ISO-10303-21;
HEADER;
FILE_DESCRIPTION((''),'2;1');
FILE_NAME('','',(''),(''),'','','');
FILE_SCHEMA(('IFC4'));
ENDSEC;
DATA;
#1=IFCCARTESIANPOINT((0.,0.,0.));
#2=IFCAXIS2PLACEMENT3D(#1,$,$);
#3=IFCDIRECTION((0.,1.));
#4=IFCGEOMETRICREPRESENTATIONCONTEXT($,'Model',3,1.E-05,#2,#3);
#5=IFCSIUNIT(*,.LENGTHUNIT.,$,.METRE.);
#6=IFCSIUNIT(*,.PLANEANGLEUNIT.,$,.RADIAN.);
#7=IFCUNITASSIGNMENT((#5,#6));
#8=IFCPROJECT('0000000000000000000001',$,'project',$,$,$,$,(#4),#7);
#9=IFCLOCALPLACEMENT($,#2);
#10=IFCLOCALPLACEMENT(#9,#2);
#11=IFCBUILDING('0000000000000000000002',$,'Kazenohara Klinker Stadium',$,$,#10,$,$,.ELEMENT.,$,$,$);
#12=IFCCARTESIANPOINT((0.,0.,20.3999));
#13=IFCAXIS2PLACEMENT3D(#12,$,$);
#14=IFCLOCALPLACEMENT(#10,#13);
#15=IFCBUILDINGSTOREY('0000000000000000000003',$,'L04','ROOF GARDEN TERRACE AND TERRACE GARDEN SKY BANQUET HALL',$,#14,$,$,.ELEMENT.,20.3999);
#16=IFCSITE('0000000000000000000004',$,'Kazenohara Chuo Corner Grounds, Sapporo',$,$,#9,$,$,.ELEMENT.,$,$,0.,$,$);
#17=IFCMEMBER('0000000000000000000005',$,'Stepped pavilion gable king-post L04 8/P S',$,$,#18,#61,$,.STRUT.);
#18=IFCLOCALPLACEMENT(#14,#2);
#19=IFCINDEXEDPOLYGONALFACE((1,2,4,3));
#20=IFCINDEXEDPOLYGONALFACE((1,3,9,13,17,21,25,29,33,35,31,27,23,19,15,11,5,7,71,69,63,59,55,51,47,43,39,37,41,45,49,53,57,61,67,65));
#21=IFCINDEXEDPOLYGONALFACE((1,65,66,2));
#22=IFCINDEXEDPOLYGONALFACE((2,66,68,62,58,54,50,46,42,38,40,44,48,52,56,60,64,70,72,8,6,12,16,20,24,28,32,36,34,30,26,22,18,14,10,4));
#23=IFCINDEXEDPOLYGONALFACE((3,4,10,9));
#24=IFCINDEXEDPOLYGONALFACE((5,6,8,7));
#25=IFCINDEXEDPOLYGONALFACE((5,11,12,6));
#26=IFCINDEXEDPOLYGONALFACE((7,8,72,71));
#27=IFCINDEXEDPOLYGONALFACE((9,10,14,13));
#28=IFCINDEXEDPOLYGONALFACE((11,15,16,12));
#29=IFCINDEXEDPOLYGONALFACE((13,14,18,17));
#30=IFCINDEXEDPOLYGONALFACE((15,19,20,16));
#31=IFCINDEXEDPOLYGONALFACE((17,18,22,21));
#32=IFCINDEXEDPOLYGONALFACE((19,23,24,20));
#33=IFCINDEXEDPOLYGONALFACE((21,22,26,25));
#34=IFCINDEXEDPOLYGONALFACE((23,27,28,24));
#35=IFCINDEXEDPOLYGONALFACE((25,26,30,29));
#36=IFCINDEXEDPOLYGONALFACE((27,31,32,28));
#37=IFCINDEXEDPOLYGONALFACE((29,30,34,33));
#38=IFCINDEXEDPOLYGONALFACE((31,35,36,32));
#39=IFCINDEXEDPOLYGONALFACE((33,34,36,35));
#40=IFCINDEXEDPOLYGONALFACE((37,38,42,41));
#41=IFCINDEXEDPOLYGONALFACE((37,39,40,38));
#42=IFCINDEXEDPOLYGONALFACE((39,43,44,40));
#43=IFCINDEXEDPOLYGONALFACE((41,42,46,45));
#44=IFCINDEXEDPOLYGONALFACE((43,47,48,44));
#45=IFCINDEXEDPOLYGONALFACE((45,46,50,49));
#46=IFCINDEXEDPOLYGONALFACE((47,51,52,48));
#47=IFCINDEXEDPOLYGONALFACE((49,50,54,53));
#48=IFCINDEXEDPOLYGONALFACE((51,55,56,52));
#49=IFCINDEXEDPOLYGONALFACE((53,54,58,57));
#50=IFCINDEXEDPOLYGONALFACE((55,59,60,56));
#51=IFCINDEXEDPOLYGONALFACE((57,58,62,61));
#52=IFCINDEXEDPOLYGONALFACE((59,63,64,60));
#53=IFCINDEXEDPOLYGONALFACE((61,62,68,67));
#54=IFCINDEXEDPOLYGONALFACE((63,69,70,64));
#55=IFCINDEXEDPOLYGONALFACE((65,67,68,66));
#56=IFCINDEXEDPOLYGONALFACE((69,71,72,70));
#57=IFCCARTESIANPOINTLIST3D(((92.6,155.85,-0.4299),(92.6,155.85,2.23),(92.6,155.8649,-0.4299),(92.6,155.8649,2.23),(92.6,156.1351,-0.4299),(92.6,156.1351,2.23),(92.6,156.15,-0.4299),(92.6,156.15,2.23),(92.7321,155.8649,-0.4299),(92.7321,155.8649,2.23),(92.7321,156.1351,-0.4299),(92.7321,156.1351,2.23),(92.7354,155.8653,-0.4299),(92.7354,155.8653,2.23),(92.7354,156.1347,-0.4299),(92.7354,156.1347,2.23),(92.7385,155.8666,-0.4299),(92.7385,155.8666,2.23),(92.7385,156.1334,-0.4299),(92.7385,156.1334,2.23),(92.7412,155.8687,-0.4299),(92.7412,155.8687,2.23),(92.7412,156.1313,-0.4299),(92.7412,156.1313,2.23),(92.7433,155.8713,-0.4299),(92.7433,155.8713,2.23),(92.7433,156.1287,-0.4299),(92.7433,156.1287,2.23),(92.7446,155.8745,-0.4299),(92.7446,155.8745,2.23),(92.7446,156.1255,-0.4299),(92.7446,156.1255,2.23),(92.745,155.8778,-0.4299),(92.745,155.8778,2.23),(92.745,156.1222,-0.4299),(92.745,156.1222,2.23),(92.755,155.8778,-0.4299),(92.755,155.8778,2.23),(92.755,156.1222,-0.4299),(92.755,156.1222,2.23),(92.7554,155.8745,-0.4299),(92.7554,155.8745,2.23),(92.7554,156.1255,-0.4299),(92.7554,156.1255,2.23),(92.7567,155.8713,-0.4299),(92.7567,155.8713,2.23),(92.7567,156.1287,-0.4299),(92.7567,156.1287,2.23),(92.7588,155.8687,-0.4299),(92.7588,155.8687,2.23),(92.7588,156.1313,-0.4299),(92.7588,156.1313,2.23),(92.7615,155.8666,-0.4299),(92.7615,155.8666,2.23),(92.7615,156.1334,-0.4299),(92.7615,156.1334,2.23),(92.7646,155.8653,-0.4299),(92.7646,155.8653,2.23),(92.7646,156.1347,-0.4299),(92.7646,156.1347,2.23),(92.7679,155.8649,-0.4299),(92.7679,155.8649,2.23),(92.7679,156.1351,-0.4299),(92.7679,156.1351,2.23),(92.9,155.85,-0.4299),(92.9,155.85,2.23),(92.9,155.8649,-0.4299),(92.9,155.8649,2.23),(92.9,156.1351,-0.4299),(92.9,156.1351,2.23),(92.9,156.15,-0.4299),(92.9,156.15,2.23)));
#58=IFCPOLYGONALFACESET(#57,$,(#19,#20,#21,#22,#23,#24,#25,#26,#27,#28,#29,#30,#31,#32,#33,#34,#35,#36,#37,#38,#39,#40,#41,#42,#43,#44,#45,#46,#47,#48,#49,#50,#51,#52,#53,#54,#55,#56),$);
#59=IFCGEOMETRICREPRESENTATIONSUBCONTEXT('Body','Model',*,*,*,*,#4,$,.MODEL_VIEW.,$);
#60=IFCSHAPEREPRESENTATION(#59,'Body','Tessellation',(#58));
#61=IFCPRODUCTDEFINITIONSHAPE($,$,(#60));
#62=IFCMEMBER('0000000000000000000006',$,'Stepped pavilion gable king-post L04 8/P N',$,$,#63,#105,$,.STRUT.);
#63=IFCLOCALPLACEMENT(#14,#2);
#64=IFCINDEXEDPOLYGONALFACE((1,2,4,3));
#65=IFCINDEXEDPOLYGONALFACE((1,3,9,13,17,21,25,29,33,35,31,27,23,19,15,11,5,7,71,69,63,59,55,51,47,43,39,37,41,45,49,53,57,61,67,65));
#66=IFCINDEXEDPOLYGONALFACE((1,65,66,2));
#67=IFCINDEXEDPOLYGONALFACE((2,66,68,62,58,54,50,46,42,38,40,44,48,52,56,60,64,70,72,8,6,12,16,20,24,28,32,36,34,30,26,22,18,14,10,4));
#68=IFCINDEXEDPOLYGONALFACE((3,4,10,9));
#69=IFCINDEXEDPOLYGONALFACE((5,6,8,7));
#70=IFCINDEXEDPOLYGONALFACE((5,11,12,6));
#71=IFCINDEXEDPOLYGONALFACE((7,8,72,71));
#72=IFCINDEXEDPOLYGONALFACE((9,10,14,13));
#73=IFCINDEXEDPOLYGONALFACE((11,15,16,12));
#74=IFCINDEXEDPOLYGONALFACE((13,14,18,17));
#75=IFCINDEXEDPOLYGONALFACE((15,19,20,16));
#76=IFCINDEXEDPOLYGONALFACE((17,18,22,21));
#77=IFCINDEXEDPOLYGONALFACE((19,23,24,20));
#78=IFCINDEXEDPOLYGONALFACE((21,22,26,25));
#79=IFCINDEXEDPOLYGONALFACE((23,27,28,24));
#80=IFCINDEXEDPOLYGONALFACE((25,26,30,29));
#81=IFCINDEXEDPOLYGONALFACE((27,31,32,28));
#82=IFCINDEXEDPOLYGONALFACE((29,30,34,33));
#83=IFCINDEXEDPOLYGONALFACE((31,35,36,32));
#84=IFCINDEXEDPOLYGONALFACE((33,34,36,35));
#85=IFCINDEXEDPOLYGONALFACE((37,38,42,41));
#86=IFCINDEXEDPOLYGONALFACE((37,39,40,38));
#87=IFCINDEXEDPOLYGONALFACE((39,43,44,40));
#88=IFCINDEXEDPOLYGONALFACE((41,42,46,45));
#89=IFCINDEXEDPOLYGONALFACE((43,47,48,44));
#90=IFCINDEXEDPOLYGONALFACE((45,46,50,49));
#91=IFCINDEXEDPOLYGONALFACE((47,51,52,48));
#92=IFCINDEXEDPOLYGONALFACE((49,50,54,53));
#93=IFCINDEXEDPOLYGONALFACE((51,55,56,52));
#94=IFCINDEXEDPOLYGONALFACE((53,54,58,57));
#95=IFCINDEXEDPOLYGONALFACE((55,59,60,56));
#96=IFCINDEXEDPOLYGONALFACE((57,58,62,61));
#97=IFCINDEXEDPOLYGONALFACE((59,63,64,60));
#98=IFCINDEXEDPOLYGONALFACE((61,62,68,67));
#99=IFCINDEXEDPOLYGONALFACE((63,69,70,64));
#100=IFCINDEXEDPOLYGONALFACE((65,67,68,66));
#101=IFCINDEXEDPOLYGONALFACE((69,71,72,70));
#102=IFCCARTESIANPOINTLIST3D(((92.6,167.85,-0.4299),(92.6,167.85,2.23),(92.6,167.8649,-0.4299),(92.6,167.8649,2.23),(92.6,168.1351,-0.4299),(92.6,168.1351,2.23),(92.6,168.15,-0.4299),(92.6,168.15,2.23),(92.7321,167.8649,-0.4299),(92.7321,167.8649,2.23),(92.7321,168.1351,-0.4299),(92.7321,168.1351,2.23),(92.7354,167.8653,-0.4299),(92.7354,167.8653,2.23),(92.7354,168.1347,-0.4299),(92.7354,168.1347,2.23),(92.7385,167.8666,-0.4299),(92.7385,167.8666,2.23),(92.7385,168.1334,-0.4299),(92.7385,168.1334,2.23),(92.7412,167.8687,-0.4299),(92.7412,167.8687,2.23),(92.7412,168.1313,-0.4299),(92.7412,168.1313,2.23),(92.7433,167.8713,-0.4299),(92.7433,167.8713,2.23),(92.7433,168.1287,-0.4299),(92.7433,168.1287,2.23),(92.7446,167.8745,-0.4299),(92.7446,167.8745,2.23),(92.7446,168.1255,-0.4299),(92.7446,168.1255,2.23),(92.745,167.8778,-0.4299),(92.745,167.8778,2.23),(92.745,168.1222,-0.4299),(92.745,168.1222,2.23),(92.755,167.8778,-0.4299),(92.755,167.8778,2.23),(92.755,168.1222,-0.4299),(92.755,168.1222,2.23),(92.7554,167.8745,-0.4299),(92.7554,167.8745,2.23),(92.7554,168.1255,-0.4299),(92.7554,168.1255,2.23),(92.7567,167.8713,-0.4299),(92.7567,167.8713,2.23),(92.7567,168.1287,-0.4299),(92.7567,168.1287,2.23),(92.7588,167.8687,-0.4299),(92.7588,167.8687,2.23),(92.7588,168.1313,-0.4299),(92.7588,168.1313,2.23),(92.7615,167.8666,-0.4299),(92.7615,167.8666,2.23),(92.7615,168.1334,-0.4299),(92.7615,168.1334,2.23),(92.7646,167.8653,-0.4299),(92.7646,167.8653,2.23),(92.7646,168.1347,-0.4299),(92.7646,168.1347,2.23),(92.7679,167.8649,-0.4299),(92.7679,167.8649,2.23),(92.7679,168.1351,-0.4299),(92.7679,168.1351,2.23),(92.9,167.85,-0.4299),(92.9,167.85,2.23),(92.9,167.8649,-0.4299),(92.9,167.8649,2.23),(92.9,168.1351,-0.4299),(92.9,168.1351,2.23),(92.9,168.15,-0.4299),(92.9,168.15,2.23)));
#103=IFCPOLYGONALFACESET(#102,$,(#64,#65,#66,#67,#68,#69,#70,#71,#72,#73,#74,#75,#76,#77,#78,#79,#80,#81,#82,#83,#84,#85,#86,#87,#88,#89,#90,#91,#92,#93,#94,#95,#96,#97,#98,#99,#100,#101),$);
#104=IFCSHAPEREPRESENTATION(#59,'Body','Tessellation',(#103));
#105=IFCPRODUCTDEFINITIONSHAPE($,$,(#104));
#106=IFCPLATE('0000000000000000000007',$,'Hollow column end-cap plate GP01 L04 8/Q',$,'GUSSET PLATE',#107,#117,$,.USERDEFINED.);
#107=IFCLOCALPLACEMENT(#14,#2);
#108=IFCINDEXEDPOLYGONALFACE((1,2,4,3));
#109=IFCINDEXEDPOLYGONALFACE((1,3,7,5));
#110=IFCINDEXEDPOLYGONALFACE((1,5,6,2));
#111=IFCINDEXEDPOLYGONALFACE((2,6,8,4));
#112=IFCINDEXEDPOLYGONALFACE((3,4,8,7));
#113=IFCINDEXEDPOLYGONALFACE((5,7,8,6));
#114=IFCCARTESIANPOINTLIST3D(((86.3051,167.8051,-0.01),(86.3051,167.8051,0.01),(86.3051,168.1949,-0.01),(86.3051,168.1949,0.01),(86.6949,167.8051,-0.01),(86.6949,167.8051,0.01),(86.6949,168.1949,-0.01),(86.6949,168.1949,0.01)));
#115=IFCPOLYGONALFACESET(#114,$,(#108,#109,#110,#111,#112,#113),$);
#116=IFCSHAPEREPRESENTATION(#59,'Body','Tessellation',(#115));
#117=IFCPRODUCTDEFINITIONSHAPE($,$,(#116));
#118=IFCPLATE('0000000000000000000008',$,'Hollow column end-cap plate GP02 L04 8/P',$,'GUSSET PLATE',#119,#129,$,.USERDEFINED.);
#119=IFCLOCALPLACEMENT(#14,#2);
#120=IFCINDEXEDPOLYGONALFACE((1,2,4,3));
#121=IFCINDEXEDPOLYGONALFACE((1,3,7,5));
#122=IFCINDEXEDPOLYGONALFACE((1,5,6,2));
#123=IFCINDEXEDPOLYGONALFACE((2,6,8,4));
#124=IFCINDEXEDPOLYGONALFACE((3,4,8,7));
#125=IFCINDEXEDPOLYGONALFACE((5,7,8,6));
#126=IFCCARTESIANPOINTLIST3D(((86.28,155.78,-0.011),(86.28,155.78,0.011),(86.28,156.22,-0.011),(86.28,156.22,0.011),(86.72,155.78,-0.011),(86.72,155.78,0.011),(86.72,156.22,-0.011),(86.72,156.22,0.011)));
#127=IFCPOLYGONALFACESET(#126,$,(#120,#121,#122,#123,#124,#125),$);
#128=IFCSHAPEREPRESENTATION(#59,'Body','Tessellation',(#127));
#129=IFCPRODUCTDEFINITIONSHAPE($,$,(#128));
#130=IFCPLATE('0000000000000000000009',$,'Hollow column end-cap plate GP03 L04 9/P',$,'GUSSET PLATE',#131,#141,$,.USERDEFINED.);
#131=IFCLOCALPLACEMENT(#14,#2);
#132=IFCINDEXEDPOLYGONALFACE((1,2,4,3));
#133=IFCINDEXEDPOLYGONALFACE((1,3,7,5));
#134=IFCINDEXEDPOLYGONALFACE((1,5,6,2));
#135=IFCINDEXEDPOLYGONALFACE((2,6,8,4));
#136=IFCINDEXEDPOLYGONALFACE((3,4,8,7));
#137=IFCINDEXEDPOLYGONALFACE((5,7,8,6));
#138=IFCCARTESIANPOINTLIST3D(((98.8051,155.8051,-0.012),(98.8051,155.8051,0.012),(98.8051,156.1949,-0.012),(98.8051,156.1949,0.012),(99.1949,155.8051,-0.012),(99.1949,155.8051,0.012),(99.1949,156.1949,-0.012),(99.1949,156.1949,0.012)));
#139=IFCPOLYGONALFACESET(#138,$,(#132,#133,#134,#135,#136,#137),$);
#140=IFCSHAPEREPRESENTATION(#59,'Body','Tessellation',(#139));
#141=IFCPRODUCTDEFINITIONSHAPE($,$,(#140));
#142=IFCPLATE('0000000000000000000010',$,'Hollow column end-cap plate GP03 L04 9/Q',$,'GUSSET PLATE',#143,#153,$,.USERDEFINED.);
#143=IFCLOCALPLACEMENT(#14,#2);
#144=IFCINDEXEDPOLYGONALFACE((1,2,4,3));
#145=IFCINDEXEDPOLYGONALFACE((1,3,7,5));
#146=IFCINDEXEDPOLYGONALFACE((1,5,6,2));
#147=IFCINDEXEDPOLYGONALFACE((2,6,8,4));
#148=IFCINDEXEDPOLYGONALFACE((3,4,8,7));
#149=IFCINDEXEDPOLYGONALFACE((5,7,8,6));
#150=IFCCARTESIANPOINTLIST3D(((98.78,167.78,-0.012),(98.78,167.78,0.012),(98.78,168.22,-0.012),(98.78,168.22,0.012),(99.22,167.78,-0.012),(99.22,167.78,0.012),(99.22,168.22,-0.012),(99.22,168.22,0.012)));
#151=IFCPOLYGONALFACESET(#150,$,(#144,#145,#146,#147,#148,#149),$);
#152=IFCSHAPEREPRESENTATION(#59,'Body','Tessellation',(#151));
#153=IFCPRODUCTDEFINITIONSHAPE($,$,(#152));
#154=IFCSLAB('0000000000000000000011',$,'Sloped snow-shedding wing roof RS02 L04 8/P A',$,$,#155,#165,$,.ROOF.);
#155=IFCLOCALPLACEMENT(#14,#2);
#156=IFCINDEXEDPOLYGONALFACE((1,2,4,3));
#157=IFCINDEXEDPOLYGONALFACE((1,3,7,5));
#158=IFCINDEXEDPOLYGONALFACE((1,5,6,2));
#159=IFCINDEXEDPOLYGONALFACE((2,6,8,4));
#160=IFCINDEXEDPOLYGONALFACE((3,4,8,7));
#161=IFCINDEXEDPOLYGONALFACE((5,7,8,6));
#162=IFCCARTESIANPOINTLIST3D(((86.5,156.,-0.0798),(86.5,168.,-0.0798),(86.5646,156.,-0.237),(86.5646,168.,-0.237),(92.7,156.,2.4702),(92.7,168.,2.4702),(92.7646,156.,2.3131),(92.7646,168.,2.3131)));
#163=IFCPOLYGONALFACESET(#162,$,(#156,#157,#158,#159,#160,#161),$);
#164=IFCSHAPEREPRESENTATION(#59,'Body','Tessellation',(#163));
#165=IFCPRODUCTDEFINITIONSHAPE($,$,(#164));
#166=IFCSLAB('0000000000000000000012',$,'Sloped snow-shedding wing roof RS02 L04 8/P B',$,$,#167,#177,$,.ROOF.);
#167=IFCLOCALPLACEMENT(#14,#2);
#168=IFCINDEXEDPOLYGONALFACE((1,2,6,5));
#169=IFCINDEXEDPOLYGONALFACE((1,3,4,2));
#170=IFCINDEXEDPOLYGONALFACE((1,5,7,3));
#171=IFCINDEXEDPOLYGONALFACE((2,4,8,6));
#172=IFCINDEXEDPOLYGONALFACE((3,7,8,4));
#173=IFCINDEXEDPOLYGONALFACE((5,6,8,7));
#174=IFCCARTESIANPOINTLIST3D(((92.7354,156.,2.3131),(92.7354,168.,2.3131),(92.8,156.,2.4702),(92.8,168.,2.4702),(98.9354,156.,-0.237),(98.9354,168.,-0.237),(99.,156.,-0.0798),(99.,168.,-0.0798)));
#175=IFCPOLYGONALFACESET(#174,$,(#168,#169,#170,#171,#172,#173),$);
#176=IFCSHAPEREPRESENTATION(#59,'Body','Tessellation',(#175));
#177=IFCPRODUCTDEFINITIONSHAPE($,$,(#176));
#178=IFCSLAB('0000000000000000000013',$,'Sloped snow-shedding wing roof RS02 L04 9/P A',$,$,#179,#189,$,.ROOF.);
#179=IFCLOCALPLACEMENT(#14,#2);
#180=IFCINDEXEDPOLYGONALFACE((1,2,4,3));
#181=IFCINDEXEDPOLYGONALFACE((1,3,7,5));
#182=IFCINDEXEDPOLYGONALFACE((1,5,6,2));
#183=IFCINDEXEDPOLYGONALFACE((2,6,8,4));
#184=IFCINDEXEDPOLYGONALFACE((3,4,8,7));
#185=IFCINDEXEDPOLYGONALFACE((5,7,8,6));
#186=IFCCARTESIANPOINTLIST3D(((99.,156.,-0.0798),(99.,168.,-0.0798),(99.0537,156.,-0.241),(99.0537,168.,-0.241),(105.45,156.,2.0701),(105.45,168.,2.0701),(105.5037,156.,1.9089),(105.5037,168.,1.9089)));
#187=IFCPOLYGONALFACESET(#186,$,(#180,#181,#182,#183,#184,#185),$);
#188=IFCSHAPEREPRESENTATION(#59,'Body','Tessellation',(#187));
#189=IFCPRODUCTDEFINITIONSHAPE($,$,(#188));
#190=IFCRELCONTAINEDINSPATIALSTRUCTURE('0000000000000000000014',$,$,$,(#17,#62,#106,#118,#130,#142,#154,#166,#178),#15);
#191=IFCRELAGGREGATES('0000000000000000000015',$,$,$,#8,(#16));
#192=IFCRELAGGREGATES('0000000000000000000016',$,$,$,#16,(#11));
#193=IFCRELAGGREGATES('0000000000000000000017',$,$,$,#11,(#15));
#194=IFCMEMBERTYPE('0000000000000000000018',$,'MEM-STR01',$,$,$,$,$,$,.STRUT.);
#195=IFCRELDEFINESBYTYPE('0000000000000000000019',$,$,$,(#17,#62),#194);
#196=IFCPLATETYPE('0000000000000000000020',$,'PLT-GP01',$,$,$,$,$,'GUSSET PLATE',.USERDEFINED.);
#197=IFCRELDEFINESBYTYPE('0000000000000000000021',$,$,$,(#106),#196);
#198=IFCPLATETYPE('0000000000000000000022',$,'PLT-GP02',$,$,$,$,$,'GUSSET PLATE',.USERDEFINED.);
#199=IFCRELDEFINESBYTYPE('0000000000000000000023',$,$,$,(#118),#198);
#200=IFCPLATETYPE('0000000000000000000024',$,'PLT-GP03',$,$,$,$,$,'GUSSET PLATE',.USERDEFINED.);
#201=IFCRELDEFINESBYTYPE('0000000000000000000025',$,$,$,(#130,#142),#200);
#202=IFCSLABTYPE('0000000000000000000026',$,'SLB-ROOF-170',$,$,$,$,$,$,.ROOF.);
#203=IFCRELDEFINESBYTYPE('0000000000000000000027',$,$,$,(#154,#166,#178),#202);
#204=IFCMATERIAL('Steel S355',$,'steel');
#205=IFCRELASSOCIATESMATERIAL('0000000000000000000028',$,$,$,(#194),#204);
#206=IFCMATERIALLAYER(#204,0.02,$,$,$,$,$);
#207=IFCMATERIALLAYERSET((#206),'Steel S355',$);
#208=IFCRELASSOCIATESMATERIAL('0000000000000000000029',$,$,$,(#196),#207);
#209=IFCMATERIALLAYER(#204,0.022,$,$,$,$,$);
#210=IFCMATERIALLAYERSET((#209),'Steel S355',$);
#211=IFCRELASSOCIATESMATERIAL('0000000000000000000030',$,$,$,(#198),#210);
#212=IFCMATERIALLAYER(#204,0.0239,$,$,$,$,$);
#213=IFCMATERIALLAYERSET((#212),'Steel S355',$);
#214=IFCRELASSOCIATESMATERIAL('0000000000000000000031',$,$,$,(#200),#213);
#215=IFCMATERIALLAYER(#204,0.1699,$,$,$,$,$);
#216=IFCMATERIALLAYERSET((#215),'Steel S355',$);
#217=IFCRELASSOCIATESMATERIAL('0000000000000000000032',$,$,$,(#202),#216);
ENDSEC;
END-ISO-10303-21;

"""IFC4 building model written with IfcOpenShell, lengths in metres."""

from ifc_helpers import new_model, si_unit, direction, frame, origin, origin_2d, place, context, subcontext, project, spatial, polyline, rectangle, i_section, outline, extrude, material, layer, layer_set, material_profile, profile_set, type_object, element, save


model = new_model("IFC4")

# Units and contexts
model_context = context("Model", 3, precision=1e-05, world=origin(), true_north=direction((0.0, 1.0)))
body_context = subcontext(model_context, "Body", "Model", "MODEL_VIEW")
ifc_project = project(units=[si_unit("LENGTHUNIT", "METRE"), si_unit("PLANEANGLEUNIT", "RADIAN")], contexts=[model_context])

# Site, building, storey
site_placement = place(None, origin())
site = spatial("IfcSite", under=ifc_project, at=site_placement, Name="Kazenohara Chuo Corner Grounds, Sapporo", CompositionType="ELEMENT", RefElevation=0.0)
building_placement = place(site_placement, origin())
building = spatial("IfcBuilding", under=site, at=building_placement, Name="Kazenohara Klinker Stadium", CompositionType="ELEMENT")
storey_placement = place(building_placement, frame((0.0, 0.0, 20.3999)))
storey = spatial("IfcBuildingStorey", under=building, at=storey_placement, Name="L04", Description="ROOF GARDEN TERRACE AND TERRACE GARDEN SKY BANQUET HALL", CompositionType="ELEMENT", Elevation=20.3999)

# Shared definitions
ifc_material_1 = material(Name="Steel S355", Category="steel")

# Members
ifc_material_profile_1 = material_profile(ifc_material_1, i_section(OverallWidth=0.3, OverallDepth=0.3, WebThickness=0.01, FlangeThickness=0.0149, FilletRadius=0.0129, at=origin_2d()), Name="H-300x300x10x15")
ifc_profile_set_1 = profile_set([ifc_material_profile_1], Name="Steel S355")
member_type_1 = type_object("IfcMemberType", Name="MEM-STR01", PredefinedType="STRUT", material=ifc_profile_set_1)
for number, where, z_axis, x_axis, name in (
    (1, (92.75, 156.0, -0.4299), (0.0, 0.0, 1.0), (1.0, 0.0, 0.0), "Stepped pavilion gable king-post L04 8/P S"),
    (2, (92.75, 168.0, -0.4299), (0.0, 0.0, 1.0), (1.0, 0.0, 0.0), "Stepped pavilion gable king-post L04 8/P N"),
):
    element("IfcMember", number, at=place(storey_placement, frame(where, z_axis=z_axis, x_axis=x_axis)), inside=storey, type_object=member_type_1, Name=name, PredefinedType="STRUT", context=body_context, shape_type="SweptSolid", body=[
        extrude(i_section(OverallWidth=0.3, OverallDepth=0.3, WebThickness=0.01, FlangeThickness=0.0149, FilletRadius=0.0129, at=origin_2d()), origin(), (0.0, 0.0, 1.0), 2.6599),
    ])

# Plates
ifc_layer_1 = layer(ifc_material_1, 0.02)
ifc_layer_set_1 = layer_set([ifc_layer_1], Name="Steel S355")
plate_type_1 = type_object("IfcPlateType", Name="PLT-GP01", ElementType="GUSSET PLATE", PredefinedType="USERDEFINED", material=ifc_layer_set_1)
plate_1_placement = place(storey_placement, frame((86.5, 168.0, -0.01), z_axis=(0.0, 0.0, 1.0), x_axis=(1.0, 0.0, 0.0)))
element("IfcPlate", 3, at=plate_1_placement, inside=storey, type_object=plate_type_1, Name="Hollow column end-cap plate GP01 L04 8/Q", ObjectType="GUSSET PLATE", PredefinedType="USERDEFINED", context=body_context, shape_type="SweptSolid", body=[
    extrude(rectangle(XDim=0.3899, YDim=0.3899, at=origin_2d()), origin(), (0.0, 0.0, 1.0), 0.02),
])
ifc_layer_2 = layer(ifc_material_1, 0.022)
ifc_layer_set_2 = layer_set([ifc_layer_2], Name="Steel S355")
plate_type_2 = type_object("IfcPlateType", Name="PLT-GP02", ElementType="GUSSET PLATE", PredefinedType="USERDEFINED", material=ifc_layer_set_2)
plate_2_placement = place(storey_placement, frame((86.5, 156.0, -0.011), z_axis=(0.0, 0.0, 1.0), x_axis=(1.0, 0.0, 0.0)))
element("IfcPlate", 4, at=plate_2_placement, inside=storey, type_object=plate_type_2, Name="Hollow column end-cap plate GP02 L04 8/P", ObjectType="GUSSET PLATE", PredefinedType="USERDEFINED", context=body_context, shape_type="SweptSolid", body=[
    extrude(rectangle(XDim=0.4399, YDim=0.4399, at=origin_2d()), origin(), (0.0, 0.0, 1.0), 0.022),
])
ifc_layer_3 = layer(ifc_material_1, 0.0239)
ifc_layer_set_3 = layer_set([ifc_layer_3], Name="Steel S355")
plate_type_3 = type_object("IfcPlateType", Name="PLT-GP03", ElementType="GUSSET PLATE", PredefinedType="USERDEFINED", material=ifc_layer_set_3)
plate_3_placement = place(storey_placement, frame((99.0, 156.0, -0.012), z_axis=(0.0, 0.0, 1.0), x_axis=(1.0, 0.0, 0.0)))
element("IfcPlate", 5, at=plate_3_placement, inside=storey, type_object=plate_type_3, Name="Hollow column end-cap plate GP03 L04 9/P", ObjectType="GUSSET PLATE", PredefinedType="USERDEFINED", context=body_context, shape_type="SweptSolid", body=[
    extrude(rectangle(XDim=0.3899, YDim=0.3899, at=origin_2d()), origin(), (0.0, 0.0, 1.0), 0.0239),
])
plate_4_placement = place(storey_placement, frame((99.0, 168.0, -0.012), z_axis=(0.0, 0.0, 1.0), x_axis=(1.0, 0.0, 0.0)))
element("IfcPlate", 6, at=plate_4_placement, inside=storey, type_object=plate_type_3, Name="Hollow column end-cap plate GP03 L04 9/Q", ObjectType="GUSSET PLATE", PredefinedType="USERDEFINED", context=body_context, shape_type="SweptSolid", body=[
    extrude(rectangle(XDim=0.4399, YDim=0.4399, at=origin_2d()), origin(), (0.0, 0.0, 1.0), 0.0239),
])

# Slabs
ifc_layer_4 = layer(ifc_material_1, 0.1699)
ifc_layer_set_4 = layer_set([ifc_layer_4], Name="Steel S355")
slab_type = type_object("IfcSlabType", Name="SLB-ROOF-170", PredefinedType="ROOF", material=ifc_layer_set_4)
for number, where, z_axis, x_axis, name in (
    (7, (86.5, 156.0, -0.0798), (-0.380383, 0.0, 0.924829), (0.924829, 0.0, 0.380383), "Sloped snow-shedding wing roof RS02 L04 8/P A"),
    (8, (92.8, 156.0, 2.4702), (0.380383, 0.0, 0.924829), (0.924829, 0.0, -0.380383), "Sloped snow-shedding wing roof RS02 L04 8/P B"),
):
    element("IfcSlab", number, at=place(storey_placement, frame(where, z_axis=z_axis, x_axis=x_axis)), inside=storey, type_object=slab_type, Name=name, PredefinedType="ROOF", context=body_context, shape_type="SweptSolid", body=[
        extrude(outline(polyline([(0.0, 0.0), (6.7039, 0.0), (6.7039, 12.0), (0.0, 12.0), (0.0, 0.0)])), origin(), (0.0, 0.0, -1.0), 0.1699),
    ])
slab_placement = place(storey_placement, frame((99.0, 156.0, -0.0798), z_axis=(-0.316217, 0.0, 0.948687), x_axis=(0.948687, 0.0, 0.316217)))
element("IfcSlab", 9, at=slab_placement, inside=storey, type_object=slab_type, Name="Sloped snow-shedding wing roof RS02 L04 9/P A", PredefinedType="ROOF", context=body_context, shape_type="SweptSolid", body=[
    extrude(outline(polyline([(0.0, 0.0), (6.7988, 0.0), (6.7988, 12.0), (0.0, 12.0), (0.0, 0.0)])), origin(), (0.0, 0.0, -1.0), 0.1699),
])

save(model, "model.ifc")
